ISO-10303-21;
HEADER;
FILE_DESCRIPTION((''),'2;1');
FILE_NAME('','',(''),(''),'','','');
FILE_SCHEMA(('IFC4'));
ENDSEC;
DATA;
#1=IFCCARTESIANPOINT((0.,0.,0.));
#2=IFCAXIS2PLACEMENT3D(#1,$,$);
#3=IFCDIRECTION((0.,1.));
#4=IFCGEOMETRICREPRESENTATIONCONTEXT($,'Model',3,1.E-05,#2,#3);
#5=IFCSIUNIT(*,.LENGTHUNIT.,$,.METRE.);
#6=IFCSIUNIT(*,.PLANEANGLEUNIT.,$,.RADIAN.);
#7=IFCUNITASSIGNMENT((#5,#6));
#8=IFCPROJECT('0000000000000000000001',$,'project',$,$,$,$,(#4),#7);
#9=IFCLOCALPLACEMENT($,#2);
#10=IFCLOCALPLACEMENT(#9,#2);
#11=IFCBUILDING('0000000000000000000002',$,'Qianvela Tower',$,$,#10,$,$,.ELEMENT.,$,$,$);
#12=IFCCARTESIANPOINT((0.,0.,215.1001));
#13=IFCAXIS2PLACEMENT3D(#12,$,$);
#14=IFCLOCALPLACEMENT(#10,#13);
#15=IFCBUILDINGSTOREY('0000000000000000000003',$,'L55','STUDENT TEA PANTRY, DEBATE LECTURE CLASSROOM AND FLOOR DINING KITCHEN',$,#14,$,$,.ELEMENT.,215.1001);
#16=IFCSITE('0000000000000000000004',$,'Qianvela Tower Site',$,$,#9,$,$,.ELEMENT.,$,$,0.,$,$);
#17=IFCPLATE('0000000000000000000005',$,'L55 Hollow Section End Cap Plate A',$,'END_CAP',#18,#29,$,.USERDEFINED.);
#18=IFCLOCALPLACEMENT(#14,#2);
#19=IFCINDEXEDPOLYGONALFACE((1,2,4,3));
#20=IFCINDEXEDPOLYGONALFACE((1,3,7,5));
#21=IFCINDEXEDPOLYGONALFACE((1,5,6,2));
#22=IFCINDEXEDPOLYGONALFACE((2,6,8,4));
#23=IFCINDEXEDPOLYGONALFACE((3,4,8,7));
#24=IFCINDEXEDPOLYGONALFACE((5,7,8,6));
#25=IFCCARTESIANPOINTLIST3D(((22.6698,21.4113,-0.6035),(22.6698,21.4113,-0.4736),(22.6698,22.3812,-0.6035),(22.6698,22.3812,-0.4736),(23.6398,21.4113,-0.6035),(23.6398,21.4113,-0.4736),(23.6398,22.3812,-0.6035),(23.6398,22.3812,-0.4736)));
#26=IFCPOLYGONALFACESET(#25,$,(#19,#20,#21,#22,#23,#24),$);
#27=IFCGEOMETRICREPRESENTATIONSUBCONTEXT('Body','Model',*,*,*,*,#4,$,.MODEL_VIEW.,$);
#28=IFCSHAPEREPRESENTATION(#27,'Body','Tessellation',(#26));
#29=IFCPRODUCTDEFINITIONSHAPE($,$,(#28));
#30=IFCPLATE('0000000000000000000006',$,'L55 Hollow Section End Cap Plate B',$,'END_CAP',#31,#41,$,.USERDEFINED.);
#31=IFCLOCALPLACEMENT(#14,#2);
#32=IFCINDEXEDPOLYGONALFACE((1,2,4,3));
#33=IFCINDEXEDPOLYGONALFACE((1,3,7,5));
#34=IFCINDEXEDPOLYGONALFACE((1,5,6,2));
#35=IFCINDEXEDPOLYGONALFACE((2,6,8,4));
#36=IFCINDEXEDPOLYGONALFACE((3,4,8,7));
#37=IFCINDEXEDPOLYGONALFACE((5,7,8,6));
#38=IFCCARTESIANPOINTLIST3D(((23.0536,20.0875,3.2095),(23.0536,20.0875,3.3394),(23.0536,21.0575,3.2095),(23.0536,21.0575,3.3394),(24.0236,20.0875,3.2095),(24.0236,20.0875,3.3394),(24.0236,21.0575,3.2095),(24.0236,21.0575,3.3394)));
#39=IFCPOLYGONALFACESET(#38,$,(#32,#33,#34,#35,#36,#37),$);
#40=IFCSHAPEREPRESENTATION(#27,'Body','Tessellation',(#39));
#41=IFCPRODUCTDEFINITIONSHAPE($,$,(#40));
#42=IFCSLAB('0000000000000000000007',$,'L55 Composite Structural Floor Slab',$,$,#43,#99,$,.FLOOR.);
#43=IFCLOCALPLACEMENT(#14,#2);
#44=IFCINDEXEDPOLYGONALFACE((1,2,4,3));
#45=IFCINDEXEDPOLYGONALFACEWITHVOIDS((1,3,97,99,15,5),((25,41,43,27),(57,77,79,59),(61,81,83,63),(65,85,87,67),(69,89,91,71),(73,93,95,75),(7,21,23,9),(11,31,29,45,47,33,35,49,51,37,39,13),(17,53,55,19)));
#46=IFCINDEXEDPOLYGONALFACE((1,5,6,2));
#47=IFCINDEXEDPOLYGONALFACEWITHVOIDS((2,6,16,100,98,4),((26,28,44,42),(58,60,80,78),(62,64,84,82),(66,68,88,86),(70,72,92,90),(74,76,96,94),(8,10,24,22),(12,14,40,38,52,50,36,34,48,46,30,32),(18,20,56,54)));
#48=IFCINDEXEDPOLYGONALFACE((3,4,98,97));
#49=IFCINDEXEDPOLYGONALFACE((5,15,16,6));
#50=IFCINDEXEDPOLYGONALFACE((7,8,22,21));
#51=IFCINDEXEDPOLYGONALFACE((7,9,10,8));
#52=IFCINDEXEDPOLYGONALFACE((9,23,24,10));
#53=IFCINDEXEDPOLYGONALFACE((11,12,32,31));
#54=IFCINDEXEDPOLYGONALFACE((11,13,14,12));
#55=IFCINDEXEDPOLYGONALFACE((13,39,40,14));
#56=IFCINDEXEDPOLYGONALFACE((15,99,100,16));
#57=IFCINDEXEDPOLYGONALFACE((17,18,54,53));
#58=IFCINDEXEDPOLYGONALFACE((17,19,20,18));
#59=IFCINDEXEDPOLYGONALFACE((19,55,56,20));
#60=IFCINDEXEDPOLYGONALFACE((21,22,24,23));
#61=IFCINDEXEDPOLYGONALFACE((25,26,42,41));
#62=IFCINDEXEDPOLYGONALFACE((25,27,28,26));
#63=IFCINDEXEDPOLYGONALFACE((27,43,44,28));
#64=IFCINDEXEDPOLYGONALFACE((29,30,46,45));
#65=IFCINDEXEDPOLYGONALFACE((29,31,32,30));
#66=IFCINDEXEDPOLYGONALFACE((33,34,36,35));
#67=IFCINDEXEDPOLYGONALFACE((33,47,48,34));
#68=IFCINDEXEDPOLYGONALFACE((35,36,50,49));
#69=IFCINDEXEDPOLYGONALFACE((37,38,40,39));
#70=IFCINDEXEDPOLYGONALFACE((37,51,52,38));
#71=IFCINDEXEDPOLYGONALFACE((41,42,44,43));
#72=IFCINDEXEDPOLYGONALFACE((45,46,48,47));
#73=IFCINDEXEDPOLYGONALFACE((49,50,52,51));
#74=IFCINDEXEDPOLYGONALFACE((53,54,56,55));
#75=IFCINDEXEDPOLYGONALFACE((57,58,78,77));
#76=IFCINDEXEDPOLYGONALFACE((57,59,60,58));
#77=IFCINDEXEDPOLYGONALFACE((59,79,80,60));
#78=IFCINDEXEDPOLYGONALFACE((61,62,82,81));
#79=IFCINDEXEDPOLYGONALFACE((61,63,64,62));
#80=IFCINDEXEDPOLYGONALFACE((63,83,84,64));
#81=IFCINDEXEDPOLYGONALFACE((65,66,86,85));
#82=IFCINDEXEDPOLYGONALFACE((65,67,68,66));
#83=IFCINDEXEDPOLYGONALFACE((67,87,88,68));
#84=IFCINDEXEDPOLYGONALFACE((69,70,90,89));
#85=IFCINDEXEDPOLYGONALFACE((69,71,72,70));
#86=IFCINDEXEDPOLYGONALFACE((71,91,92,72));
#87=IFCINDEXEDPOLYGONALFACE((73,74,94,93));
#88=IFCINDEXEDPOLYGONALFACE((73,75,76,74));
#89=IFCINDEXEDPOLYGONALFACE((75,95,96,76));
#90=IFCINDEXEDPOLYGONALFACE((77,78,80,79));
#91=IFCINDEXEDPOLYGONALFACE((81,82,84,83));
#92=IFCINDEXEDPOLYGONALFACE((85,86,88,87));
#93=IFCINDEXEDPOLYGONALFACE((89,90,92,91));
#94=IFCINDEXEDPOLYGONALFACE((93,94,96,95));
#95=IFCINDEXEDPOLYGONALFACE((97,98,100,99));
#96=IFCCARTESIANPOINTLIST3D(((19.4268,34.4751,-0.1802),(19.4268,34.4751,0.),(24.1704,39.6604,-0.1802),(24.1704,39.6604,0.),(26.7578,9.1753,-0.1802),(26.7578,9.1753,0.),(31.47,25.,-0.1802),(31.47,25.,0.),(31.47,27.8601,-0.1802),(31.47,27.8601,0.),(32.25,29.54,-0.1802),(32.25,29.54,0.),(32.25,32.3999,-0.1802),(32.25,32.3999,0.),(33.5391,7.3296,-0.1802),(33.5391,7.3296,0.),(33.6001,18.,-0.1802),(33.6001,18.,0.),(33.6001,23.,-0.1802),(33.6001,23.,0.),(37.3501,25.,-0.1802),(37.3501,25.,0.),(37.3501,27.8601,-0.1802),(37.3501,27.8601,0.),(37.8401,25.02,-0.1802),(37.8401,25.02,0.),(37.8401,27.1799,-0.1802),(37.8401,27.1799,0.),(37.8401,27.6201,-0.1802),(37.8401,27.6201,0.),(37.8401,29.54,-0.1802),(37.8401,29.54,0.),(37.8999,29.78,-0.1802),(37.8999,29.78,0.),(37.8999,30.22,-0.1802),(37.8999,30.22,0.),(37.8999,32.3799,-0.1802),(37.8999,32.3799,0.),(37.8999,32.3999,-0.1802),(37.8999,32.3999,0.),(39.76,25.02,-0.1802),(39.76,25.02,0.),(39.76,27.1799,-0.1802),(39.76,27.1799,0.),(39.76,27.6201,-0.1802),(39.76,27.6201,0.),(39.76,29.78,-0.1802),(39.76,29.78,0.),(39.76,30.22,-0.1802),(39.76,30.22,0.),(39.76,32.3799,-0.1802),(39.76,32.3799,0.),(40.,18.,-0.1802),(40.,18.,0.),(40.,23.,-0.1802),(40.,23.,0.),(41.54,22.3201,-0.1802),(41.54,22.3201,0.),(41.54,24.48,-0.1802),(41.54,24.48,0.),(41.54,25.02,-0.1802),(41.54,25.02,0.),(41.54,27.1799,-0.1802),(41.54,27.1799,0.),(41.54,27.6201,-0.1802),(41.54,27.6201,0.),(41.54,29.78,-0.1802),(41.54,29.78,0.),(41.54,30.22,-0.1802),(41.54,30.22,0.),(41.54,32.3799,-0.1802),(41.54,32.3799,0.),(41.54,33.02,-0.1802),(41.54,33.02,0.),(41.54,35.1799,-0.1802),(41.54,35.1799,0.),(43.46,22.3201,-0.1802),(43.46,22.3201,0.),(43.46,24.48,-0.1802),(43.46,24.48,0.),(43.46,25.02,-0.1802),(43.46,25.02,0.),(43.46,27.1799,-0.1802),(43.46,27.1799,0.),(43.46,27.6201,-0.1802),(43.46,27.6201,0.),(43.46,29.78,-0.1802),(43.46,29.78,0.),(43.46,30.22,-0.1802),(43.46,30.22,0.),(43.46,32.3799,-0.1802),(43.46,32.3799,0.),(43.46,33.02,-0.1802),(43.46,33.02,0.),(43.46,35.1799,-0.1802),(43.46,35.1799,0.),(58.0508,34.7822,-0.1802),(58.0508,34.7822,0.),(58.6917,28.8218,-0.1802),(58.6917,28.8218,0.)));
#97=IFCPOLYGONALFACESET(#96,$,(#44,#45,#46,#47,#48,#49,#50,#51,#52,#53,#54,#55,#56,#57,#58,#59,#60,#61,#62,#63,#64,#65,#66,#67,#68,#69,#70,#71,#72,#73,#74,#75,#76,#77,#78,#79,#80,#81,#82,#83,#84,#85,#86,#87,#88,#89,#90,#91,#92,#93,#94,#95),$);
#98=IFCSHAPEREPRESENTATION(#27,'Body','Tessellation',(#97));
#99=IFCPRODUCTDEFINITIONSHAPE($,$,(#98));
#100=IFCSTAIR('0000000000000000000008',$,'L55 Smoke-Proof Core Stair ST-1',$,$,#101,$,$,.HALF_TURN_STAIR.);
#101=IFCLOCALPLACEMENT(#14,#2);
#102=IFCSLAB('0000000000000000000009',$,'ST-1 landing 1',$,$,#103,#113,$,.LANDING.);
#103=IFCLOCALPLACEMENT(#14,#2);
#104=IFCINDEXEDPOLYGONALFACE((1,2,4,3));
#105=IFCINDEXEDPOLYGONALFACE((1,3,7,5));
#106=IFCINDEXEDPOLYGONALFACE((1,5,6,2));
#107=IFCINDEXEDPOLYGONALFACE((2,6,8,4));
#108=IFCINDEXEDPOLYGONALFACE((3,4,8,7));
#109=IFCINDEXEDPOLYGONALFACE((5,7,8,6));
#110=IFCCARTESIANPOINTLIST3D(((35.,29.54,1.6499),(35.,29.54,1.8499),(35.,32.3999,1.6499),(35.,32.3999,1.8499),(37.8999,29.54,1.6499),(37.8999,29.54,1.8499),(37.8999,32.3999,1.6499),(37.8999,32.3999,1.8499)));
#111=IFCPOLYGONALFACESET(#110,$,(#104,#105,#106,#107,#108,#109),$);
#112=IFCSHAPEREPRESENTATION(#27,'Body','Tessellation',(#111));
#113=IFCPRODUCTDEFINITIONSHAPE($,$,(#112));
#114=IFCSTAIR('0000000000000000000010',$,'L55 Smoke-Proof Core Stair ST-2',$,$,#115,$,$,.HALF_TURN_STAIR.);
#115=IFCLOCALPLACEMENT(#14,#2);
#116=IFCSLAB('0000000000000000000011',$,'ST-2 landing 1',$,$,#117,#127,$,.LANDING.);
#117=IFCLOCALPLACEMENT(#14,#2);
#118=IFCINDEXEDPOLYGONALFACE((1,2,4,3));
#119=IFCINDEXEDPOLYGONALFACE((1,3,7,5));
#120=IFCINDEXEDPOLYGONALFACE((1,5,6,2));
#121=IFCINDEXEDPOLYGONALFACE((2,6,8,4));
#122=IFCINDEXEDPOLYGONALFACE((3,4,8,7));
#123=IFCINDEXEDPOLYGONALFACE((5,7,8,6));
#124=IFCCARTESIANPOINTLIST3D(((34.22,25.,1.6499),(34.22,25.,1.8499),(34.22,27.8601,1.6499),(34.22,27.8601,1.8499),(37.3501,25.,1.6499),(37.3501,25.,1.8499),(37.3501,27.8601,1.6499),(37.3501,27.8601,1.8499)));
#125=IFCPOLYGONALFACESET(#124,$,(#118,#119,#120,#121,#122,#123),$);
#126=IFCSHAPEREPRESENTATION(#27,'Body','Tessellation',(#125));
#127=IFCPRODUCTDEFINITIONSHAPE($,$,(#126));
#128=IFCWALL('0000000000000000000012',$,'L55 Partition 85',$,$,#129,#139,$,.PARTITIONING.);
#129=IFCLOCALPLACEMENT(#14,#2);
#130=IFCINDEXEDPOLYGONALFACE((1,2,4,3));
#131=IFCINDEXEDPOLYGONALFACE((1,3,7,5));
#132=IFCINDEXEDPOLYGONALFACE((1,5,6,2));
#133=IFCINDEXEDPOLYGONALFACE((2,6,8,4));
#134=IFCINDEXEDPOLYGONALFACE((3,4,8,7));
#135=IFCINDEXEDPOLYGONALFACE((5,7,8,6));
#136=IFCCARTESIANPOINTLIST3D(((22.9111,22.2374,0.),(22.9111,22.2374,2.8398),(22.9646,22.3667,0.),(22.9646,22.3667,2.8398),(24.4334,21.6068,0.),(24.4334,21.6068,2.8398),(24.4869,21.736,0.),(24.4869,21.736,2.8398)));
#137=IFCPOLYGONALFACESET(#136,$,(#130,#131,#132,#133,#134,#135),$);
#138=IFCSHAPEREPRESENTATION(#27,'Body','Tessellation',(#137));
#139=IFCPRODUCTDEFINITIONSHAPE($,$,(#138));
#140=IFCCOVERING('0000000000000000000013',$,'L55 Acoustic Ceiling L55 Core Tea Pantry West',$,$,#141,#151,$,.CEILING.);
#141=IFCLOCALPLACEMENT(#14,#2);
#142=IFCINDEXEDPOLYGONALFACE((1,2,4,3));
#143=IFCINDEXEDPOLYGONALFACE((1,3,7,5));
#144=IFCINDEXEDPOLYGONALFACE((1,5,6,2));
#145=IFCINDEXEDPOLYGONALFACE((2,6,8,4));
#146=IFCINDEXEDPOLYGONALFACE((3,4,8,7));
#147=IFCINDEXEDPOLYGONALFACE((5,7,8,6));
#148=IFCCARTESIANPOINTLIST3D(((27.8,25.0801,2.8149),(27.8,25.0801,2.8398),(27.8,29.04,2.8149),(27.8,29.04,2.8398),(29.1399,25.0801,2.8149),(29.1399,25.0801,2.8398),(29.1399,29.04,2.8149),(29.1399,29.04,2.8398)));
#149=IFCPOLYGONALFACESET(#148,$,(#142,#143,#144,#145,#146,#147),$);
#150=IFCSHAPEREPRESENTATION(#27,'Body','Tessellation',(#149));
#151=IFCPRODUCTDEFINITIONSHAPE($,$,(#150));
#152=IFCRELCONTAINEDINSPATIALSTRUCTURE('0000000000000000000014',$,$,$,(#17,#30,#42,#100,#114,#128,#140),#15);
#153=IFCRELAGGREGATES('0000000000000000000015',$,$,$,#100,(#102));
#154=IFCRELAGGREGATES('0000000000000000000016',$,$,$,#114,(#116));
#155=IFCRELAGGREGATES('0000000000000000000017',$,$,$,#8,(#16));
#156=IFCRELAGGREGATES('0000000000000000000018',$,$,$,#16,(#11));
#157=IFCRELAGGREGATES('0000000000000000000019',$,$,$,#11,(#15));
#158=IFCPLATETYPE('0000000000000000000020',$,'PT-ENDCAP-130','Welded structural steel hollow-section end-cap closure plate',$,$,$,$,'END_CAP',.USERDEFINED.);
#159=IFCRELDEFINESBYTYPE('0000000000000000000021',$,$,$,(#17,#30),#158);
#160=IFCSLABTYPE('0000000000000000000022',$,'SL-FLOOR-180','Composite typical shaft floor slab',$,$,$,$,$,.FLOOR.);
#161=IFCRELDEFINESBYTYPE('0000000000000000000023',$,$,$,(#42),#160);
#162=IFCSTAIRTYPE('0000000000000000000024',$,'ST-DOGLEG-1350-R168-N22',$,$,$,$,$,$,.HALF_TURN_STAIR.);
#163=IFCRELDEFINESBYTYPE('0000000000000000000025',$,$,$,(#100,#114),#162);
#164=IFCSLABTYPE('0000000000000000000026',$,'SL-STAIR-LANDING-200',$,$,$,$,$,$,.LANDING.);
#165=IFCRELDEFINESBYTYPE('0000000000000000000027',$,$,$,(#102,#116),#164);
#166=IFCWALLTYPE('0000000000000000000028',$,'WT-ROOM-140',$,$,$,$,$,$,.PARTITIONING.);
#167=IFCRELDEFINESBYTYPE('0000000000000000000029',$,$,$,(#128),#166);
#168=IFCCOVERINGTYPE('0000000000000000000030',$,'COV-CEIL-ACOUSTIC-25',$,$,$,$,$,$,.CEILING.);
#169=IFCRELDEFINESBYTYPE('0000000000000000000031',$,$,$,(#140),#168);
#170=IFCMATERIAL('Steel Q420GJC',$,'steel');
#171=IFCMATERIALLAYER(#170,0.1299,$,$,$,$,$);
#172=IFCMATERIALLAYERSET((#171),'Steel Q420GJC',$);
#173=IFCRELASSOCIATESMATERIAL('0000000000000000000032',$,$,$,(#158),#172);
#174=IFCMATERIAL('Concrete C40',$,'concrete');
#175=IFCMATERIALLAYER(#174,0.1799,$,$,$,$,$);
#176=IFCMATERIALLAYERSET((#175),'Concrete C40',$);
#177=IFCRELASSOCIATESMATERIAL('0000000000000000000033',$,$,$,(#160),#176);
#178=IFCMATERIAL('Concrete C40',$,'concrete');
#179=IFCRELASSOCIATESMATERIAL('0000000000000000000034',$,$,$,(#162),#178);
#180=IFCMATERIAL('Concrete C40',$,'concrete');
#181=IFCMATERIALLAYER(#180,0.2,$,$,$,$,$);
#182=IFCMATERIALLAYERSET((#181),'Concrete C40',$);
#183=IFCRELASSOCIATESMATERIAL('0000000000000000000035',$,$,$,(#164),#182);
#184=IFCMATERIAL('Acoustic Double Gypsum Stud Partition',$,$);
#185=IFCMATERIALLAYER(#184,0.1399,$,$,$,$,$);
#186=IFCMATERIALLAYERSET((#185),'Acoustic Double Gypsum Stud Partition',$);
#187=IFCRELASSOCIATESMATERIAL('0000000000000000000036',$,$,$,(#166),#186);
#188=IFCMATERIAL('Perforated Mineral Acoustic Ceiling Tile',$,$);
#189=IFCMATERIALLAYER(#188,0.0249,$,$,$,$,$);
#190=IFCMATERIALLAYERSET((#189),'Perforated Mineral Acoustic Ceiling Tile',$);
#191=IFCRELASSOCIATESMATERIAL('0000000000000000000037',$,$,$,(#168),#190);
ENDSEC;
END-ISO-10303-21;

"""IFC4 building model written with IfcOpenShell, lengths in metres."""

from ifc_helpers import new_model, si_unit, direction, frame, frame_2d, origin, origin_2d, place, context, subcontext, project, spatial, polyline, rectangle, outline, extrude, material, layer, layer_set, type_object, element, aggregate, save


model = new_model("IFC4")

# Units and contexts
model_context = context("Model", 3, precision=1e-05, world=origin(), true_north=direction((0.0, 1.0)))
body_context = subcontext(model_context, "Body", "Model", "MODEL_VIEW")
ifc_project = project(units=[si_unit("LENGTHUNIT", "METRE"), si_unit("PLANEANGLEUNIT", "RADIAN")], contexts=[model_context])

# Site, building, storey
site_placement = place(None, origin())
site = spatial("IfcSite", under=ifc_project, at=site_placement, Name="Qianvela Tower Site", CompositionType="ELEMENT", RefElevation=0.0)
building_placement = place(site_placement, origin())
building = spatial("IfcBuilding", under=site, at=building_placement, Name="Qianvela Tower", CompositionType="ELEMENT")
storey_placement = place(building_placement, frame((0.0, 0.0, 215.1001)))
storey = spatial("IfcBuildingStorey", under=building, at=storey_placement, Name="L55", Description="STUDENT TEA PANTRY, DEBATE LECTURE CLASSROOM AND FLOOR DINING KITCHEN", CompositionType="ELEMENT", Elevation=215.1001)

# Plates
ifc_material_1 = material(Name="Steel Q420GJC", Category="steel")
ifc_layer_1 = layer(ifc_material_1, 0.1299)
ifc_layer_set_1 = layer_set([ifc_layer_1], Name="Steel Q420GJC")
plate_type_1 = type_object("IfcPlateType", Name="PT-ENDCAP-130", Description="Welded structural steel hollow-section end-cap closure plate", ElementType="END_CAP", PredefinedType="USERDEFINED", material=ifc_layer_set_1)
for number, where, z_axis, x_axis, name in (
    (1, (23.1548, 21.8962, -0.6035), (0.0, 0.0, 1.0), (1.0, 0.0, 0.0), "L55 Hollow Section End Cap Plate A"),
    (2, (23.5386, 20.5725, 3.2095), (0.0, 0.0, 1.0), (1.0, 0.0, 0.0), "L55 Hollow Section End Cap Plate B"),
):
    element("IfcPlate", number, at=place(storey_placement, frame(where, z_axis=z_axis, x_axis=x_axis)), inside=storey, type_object=plate_type_1, Name=name, ObjectType="END_CAP", PredefinedType="USERDEFINED", context=body_context, shape_type="SweptSolid", body=[
        extrude(rectangle(XDim=0.97, YDim=0.97, at=origin_2d()), origin(), (0.0, 0.0, 1.0), 0.1299),
    ])

# Slab
ifc_material_2 = material(Name="Concrete C40", Category="concrete")
ifc_layer_2 = layer(ifc_material_2, 0.1799)
ifc_layer_set_2 = layer_set([ifc_layer_2], Name="Concrete C40")
slab_type_1 = type_object("IfcSlabType", Name="SL-FLOOR-180", Description="Composite typical shaft floor slab", PredefinedType="FLOOR", material=ifc_layer_set_2)
slab_1_placement = place(storey_placement, frame((0.0, 0.0, -0.1802)))
element("IfcSlab", 3, at=slab_1_placement, inside=storey, type_object=slab_type_1, Name="L55 Composite Structural Floor Slab", PredefinedType="FLOOR", context=body_context, shape_type="SweptSolid", body=[
    extrude(outline(polyline([(58.6917, 28.8218), (58.0508, 34.7822), (24.1704, 39.6604), (19.4268, 34.4751), (26.7578, 9.1753), (33.5391, 7.3296), (58.6917, 28.8218)]), holes=[polyline([(40.0, 23.0), (33.6001, 23.0), (33.6001, 18.0), (40.0, 18.0), (40.0, 23.0)]), polyline([(39.76, 27.1799), (37.8401, 27.1799), (37.8401, 25.02), (39.76, 25.02), (39.76, 27.1799)]), polyline([(37.3501, 27.8601), (31.47, 27.8601), (31.47, 25.0), (37.3501, 25.0), (37.3501, 27.8601)]), polyline([(37.8401, 27.6201), (39.76, 27.6201), (39.76, 29.78), (37.8999, 29.78), (37.8999, 30.22), (39.76, 30.22), (39.76, 32.3799), (37.8999, 32.3799), (37.8999, 32.3999), (32.25, 32.3999), (32.25, 29.54), (37.8401, 29.54), (37.8401, 27.6201)]), polyline([(43.46, 22.3201), (43.46, 24.48), (41.54, 24.48), (41.54, 22.3201), (43.46, 22.3201)]), polyline([(43.46, 25.02), (43.46, 27.1799), (41.54, 27.1799), (41.54, 25.02), (43.46, 25.02)]), polyline([(43.46, 29.78), (41.54, 29.78), (41.54, 27.6201), (43.46, 27.6201), (43.46, 29.78)]), polyline([(43.46, 30.22), (43.46, 32.3799), (41.54, 32.3799), (41.54, 30.22), (43.46, 30.22)]), polyline([(43.46, 33.02), (43.46, 35.1799), (41.54, 35.1799), (41.54, 33.02), (43.46, 33.02)])]), origin(), (0.0, 0.0, 1.0), 0.1802),
])

# Stairs, slabs
ifc_material_3 = material(Name="Concrete C40", Category="concrete")
stair_type = type_object("IfcStairType", Name="ST-DOGLEG-1350-R168-N22", PredefinedType="HALF_TURN_STAIR", material=ifc_material_3)
stair_1_placement = place(storey_placement, origin())
stair_1 = element("IfcStair", 4, at=stair_1_placement, inside=storey, type_object=stair_type, Name="L55 Smoke-Proof Core Stair ST-1", PredefinedType="HALF_TURN_STAIR")
ifc_material_4 = material(Name="Concrete C40", Category="concrete")
ifc_layer_3 = layer(ifc_material_4, 0.2)
ifc_layer_set_3 = layer_set([ifc_layer_3], Name="Concrete C40")
slab_type_2 = type_object("IfcSlabType", Name="SL-STAIR-LANDING-200", PredefinedType="LANDING", material=ifc_layer_set_3)
slab_2_placement = place(storey_placement, frame((0.0, 0.0, 1.6499)))
slab_2 = element("IfcSlab", 5, at=slab_2_placement, type_object=slab_type_2, Name="ST-1 landing 1", PredefinedType="LANDING", context=body_context, shape_type="SweptSolid", body=[
    extrude(outline(polyline([(35.0, 29.54), (37.8999, 29.54), (37.8999, 32.3999), (35.0, 32.3999), (35.0, 29.54)])), origin(), (0.0, 0.0, 1.0), 0.2),
])
aggregate(stair_1, [slab_2])
stair_2_placement = place(storey_placement, origin())
stair_2 = element("IfcStair", 6, at=stair_2_placement, inside=storey, type_object=stair_type, Name="L55 Smoke-Proof Core Stair ST-2", PredefinedType="HALF_TURN_STAIR")
slab_3_placement = place(storey_placement, frame((0.0, 0.0, 1.6499)))
slab_3 = element("IfcSlab", 7, at=slab_3_placement, type_object=slab_type_2, Name="ST-2 landing 1", PredefinedType="LANDING", context=body_context, shape_type="SweptSolid", body=[
    extrude(outline(polyline([(34.22, 25.0), (37.3501, 25.0), (37.3501, 27.8601), (34.22, 27.8601), (34.22, 25.0)])), origin(), (0.0, 0.0, 1.0), 0.2),
])
aggregate(stair_2, [slab_3])

# Wall
ifc_material_5 = material(Name="Acoustic Double Gypsum Stud Partition")
ifc_layer_4 = layer(ifc_material_5, 0.1399)
ifc_layer_set_4 = layer_set([ifc_layer_4], Name="Acoustic Double Gypsum Stud Partition")
wall_type = type_object("IfcWallType", Name="WT-ROOM-140", PredefinedType="PARTITIONING", material=ifc_layer_set_4)
wall_placement = place(storey_placement, frame((22.938, 22.302, 0.0), z_axis=(0.0, 0.0, 1.0), x_axis=(0.92386, -0.382731, 0.0)))
element("IfcWall", 8, at=wall_placement, inside=storey, type_object=wall_type, Name="L55 Partition 85", PredefinedType="PARTITIONING", context=body_context, shape_type="SweptSolid", body=[
    extrude(rectangle(XDim=1.6477, YDim=0.1399, at=frame_2d((0.8237, 0.0))), origin(), (0.0, 0.0, 1.0), 2.8398),
])

# Covering
ifc_material_6 = material(Name="Perforated Mineral Acoustic Ceiling Tile")
ifc_layer_5 = layer(ifc_material_6, 0.0249)
ifc_layer_set_5 = layer_set([ifc_layer_5], Name="Perforated Mineral Acoustic Ceiling Tile")
covering_type_1 = type_object("IfcCoveringType", Name="COV-CEIL-ACOUSTIC-25", PredefinedType="CEILING", material=ifc_layer_set_5)
covering_1_placement = place(storey_placement, frame((0.0, 0.0, 2.8149)))
element("IfcCovering", 9, at=covering_1_placement, inside=storey, type_object=covering_type_1, Name="L55 Acoustic Ceiling L55 Core Tea Pantry West", PredefinedType="CEILING", context=body_context, shape_type="SweptSolid", body=[
    extrude(outline(polyline([(27.8, 25.0801), (27.8, 29.04), (29.1399, 29.04), (29.1399, 25.0801), (27.8, 25.0801)])), origin(), (0.0, 0.0, 1.0), 0.0249),
])

save(model, "model.ifc")
